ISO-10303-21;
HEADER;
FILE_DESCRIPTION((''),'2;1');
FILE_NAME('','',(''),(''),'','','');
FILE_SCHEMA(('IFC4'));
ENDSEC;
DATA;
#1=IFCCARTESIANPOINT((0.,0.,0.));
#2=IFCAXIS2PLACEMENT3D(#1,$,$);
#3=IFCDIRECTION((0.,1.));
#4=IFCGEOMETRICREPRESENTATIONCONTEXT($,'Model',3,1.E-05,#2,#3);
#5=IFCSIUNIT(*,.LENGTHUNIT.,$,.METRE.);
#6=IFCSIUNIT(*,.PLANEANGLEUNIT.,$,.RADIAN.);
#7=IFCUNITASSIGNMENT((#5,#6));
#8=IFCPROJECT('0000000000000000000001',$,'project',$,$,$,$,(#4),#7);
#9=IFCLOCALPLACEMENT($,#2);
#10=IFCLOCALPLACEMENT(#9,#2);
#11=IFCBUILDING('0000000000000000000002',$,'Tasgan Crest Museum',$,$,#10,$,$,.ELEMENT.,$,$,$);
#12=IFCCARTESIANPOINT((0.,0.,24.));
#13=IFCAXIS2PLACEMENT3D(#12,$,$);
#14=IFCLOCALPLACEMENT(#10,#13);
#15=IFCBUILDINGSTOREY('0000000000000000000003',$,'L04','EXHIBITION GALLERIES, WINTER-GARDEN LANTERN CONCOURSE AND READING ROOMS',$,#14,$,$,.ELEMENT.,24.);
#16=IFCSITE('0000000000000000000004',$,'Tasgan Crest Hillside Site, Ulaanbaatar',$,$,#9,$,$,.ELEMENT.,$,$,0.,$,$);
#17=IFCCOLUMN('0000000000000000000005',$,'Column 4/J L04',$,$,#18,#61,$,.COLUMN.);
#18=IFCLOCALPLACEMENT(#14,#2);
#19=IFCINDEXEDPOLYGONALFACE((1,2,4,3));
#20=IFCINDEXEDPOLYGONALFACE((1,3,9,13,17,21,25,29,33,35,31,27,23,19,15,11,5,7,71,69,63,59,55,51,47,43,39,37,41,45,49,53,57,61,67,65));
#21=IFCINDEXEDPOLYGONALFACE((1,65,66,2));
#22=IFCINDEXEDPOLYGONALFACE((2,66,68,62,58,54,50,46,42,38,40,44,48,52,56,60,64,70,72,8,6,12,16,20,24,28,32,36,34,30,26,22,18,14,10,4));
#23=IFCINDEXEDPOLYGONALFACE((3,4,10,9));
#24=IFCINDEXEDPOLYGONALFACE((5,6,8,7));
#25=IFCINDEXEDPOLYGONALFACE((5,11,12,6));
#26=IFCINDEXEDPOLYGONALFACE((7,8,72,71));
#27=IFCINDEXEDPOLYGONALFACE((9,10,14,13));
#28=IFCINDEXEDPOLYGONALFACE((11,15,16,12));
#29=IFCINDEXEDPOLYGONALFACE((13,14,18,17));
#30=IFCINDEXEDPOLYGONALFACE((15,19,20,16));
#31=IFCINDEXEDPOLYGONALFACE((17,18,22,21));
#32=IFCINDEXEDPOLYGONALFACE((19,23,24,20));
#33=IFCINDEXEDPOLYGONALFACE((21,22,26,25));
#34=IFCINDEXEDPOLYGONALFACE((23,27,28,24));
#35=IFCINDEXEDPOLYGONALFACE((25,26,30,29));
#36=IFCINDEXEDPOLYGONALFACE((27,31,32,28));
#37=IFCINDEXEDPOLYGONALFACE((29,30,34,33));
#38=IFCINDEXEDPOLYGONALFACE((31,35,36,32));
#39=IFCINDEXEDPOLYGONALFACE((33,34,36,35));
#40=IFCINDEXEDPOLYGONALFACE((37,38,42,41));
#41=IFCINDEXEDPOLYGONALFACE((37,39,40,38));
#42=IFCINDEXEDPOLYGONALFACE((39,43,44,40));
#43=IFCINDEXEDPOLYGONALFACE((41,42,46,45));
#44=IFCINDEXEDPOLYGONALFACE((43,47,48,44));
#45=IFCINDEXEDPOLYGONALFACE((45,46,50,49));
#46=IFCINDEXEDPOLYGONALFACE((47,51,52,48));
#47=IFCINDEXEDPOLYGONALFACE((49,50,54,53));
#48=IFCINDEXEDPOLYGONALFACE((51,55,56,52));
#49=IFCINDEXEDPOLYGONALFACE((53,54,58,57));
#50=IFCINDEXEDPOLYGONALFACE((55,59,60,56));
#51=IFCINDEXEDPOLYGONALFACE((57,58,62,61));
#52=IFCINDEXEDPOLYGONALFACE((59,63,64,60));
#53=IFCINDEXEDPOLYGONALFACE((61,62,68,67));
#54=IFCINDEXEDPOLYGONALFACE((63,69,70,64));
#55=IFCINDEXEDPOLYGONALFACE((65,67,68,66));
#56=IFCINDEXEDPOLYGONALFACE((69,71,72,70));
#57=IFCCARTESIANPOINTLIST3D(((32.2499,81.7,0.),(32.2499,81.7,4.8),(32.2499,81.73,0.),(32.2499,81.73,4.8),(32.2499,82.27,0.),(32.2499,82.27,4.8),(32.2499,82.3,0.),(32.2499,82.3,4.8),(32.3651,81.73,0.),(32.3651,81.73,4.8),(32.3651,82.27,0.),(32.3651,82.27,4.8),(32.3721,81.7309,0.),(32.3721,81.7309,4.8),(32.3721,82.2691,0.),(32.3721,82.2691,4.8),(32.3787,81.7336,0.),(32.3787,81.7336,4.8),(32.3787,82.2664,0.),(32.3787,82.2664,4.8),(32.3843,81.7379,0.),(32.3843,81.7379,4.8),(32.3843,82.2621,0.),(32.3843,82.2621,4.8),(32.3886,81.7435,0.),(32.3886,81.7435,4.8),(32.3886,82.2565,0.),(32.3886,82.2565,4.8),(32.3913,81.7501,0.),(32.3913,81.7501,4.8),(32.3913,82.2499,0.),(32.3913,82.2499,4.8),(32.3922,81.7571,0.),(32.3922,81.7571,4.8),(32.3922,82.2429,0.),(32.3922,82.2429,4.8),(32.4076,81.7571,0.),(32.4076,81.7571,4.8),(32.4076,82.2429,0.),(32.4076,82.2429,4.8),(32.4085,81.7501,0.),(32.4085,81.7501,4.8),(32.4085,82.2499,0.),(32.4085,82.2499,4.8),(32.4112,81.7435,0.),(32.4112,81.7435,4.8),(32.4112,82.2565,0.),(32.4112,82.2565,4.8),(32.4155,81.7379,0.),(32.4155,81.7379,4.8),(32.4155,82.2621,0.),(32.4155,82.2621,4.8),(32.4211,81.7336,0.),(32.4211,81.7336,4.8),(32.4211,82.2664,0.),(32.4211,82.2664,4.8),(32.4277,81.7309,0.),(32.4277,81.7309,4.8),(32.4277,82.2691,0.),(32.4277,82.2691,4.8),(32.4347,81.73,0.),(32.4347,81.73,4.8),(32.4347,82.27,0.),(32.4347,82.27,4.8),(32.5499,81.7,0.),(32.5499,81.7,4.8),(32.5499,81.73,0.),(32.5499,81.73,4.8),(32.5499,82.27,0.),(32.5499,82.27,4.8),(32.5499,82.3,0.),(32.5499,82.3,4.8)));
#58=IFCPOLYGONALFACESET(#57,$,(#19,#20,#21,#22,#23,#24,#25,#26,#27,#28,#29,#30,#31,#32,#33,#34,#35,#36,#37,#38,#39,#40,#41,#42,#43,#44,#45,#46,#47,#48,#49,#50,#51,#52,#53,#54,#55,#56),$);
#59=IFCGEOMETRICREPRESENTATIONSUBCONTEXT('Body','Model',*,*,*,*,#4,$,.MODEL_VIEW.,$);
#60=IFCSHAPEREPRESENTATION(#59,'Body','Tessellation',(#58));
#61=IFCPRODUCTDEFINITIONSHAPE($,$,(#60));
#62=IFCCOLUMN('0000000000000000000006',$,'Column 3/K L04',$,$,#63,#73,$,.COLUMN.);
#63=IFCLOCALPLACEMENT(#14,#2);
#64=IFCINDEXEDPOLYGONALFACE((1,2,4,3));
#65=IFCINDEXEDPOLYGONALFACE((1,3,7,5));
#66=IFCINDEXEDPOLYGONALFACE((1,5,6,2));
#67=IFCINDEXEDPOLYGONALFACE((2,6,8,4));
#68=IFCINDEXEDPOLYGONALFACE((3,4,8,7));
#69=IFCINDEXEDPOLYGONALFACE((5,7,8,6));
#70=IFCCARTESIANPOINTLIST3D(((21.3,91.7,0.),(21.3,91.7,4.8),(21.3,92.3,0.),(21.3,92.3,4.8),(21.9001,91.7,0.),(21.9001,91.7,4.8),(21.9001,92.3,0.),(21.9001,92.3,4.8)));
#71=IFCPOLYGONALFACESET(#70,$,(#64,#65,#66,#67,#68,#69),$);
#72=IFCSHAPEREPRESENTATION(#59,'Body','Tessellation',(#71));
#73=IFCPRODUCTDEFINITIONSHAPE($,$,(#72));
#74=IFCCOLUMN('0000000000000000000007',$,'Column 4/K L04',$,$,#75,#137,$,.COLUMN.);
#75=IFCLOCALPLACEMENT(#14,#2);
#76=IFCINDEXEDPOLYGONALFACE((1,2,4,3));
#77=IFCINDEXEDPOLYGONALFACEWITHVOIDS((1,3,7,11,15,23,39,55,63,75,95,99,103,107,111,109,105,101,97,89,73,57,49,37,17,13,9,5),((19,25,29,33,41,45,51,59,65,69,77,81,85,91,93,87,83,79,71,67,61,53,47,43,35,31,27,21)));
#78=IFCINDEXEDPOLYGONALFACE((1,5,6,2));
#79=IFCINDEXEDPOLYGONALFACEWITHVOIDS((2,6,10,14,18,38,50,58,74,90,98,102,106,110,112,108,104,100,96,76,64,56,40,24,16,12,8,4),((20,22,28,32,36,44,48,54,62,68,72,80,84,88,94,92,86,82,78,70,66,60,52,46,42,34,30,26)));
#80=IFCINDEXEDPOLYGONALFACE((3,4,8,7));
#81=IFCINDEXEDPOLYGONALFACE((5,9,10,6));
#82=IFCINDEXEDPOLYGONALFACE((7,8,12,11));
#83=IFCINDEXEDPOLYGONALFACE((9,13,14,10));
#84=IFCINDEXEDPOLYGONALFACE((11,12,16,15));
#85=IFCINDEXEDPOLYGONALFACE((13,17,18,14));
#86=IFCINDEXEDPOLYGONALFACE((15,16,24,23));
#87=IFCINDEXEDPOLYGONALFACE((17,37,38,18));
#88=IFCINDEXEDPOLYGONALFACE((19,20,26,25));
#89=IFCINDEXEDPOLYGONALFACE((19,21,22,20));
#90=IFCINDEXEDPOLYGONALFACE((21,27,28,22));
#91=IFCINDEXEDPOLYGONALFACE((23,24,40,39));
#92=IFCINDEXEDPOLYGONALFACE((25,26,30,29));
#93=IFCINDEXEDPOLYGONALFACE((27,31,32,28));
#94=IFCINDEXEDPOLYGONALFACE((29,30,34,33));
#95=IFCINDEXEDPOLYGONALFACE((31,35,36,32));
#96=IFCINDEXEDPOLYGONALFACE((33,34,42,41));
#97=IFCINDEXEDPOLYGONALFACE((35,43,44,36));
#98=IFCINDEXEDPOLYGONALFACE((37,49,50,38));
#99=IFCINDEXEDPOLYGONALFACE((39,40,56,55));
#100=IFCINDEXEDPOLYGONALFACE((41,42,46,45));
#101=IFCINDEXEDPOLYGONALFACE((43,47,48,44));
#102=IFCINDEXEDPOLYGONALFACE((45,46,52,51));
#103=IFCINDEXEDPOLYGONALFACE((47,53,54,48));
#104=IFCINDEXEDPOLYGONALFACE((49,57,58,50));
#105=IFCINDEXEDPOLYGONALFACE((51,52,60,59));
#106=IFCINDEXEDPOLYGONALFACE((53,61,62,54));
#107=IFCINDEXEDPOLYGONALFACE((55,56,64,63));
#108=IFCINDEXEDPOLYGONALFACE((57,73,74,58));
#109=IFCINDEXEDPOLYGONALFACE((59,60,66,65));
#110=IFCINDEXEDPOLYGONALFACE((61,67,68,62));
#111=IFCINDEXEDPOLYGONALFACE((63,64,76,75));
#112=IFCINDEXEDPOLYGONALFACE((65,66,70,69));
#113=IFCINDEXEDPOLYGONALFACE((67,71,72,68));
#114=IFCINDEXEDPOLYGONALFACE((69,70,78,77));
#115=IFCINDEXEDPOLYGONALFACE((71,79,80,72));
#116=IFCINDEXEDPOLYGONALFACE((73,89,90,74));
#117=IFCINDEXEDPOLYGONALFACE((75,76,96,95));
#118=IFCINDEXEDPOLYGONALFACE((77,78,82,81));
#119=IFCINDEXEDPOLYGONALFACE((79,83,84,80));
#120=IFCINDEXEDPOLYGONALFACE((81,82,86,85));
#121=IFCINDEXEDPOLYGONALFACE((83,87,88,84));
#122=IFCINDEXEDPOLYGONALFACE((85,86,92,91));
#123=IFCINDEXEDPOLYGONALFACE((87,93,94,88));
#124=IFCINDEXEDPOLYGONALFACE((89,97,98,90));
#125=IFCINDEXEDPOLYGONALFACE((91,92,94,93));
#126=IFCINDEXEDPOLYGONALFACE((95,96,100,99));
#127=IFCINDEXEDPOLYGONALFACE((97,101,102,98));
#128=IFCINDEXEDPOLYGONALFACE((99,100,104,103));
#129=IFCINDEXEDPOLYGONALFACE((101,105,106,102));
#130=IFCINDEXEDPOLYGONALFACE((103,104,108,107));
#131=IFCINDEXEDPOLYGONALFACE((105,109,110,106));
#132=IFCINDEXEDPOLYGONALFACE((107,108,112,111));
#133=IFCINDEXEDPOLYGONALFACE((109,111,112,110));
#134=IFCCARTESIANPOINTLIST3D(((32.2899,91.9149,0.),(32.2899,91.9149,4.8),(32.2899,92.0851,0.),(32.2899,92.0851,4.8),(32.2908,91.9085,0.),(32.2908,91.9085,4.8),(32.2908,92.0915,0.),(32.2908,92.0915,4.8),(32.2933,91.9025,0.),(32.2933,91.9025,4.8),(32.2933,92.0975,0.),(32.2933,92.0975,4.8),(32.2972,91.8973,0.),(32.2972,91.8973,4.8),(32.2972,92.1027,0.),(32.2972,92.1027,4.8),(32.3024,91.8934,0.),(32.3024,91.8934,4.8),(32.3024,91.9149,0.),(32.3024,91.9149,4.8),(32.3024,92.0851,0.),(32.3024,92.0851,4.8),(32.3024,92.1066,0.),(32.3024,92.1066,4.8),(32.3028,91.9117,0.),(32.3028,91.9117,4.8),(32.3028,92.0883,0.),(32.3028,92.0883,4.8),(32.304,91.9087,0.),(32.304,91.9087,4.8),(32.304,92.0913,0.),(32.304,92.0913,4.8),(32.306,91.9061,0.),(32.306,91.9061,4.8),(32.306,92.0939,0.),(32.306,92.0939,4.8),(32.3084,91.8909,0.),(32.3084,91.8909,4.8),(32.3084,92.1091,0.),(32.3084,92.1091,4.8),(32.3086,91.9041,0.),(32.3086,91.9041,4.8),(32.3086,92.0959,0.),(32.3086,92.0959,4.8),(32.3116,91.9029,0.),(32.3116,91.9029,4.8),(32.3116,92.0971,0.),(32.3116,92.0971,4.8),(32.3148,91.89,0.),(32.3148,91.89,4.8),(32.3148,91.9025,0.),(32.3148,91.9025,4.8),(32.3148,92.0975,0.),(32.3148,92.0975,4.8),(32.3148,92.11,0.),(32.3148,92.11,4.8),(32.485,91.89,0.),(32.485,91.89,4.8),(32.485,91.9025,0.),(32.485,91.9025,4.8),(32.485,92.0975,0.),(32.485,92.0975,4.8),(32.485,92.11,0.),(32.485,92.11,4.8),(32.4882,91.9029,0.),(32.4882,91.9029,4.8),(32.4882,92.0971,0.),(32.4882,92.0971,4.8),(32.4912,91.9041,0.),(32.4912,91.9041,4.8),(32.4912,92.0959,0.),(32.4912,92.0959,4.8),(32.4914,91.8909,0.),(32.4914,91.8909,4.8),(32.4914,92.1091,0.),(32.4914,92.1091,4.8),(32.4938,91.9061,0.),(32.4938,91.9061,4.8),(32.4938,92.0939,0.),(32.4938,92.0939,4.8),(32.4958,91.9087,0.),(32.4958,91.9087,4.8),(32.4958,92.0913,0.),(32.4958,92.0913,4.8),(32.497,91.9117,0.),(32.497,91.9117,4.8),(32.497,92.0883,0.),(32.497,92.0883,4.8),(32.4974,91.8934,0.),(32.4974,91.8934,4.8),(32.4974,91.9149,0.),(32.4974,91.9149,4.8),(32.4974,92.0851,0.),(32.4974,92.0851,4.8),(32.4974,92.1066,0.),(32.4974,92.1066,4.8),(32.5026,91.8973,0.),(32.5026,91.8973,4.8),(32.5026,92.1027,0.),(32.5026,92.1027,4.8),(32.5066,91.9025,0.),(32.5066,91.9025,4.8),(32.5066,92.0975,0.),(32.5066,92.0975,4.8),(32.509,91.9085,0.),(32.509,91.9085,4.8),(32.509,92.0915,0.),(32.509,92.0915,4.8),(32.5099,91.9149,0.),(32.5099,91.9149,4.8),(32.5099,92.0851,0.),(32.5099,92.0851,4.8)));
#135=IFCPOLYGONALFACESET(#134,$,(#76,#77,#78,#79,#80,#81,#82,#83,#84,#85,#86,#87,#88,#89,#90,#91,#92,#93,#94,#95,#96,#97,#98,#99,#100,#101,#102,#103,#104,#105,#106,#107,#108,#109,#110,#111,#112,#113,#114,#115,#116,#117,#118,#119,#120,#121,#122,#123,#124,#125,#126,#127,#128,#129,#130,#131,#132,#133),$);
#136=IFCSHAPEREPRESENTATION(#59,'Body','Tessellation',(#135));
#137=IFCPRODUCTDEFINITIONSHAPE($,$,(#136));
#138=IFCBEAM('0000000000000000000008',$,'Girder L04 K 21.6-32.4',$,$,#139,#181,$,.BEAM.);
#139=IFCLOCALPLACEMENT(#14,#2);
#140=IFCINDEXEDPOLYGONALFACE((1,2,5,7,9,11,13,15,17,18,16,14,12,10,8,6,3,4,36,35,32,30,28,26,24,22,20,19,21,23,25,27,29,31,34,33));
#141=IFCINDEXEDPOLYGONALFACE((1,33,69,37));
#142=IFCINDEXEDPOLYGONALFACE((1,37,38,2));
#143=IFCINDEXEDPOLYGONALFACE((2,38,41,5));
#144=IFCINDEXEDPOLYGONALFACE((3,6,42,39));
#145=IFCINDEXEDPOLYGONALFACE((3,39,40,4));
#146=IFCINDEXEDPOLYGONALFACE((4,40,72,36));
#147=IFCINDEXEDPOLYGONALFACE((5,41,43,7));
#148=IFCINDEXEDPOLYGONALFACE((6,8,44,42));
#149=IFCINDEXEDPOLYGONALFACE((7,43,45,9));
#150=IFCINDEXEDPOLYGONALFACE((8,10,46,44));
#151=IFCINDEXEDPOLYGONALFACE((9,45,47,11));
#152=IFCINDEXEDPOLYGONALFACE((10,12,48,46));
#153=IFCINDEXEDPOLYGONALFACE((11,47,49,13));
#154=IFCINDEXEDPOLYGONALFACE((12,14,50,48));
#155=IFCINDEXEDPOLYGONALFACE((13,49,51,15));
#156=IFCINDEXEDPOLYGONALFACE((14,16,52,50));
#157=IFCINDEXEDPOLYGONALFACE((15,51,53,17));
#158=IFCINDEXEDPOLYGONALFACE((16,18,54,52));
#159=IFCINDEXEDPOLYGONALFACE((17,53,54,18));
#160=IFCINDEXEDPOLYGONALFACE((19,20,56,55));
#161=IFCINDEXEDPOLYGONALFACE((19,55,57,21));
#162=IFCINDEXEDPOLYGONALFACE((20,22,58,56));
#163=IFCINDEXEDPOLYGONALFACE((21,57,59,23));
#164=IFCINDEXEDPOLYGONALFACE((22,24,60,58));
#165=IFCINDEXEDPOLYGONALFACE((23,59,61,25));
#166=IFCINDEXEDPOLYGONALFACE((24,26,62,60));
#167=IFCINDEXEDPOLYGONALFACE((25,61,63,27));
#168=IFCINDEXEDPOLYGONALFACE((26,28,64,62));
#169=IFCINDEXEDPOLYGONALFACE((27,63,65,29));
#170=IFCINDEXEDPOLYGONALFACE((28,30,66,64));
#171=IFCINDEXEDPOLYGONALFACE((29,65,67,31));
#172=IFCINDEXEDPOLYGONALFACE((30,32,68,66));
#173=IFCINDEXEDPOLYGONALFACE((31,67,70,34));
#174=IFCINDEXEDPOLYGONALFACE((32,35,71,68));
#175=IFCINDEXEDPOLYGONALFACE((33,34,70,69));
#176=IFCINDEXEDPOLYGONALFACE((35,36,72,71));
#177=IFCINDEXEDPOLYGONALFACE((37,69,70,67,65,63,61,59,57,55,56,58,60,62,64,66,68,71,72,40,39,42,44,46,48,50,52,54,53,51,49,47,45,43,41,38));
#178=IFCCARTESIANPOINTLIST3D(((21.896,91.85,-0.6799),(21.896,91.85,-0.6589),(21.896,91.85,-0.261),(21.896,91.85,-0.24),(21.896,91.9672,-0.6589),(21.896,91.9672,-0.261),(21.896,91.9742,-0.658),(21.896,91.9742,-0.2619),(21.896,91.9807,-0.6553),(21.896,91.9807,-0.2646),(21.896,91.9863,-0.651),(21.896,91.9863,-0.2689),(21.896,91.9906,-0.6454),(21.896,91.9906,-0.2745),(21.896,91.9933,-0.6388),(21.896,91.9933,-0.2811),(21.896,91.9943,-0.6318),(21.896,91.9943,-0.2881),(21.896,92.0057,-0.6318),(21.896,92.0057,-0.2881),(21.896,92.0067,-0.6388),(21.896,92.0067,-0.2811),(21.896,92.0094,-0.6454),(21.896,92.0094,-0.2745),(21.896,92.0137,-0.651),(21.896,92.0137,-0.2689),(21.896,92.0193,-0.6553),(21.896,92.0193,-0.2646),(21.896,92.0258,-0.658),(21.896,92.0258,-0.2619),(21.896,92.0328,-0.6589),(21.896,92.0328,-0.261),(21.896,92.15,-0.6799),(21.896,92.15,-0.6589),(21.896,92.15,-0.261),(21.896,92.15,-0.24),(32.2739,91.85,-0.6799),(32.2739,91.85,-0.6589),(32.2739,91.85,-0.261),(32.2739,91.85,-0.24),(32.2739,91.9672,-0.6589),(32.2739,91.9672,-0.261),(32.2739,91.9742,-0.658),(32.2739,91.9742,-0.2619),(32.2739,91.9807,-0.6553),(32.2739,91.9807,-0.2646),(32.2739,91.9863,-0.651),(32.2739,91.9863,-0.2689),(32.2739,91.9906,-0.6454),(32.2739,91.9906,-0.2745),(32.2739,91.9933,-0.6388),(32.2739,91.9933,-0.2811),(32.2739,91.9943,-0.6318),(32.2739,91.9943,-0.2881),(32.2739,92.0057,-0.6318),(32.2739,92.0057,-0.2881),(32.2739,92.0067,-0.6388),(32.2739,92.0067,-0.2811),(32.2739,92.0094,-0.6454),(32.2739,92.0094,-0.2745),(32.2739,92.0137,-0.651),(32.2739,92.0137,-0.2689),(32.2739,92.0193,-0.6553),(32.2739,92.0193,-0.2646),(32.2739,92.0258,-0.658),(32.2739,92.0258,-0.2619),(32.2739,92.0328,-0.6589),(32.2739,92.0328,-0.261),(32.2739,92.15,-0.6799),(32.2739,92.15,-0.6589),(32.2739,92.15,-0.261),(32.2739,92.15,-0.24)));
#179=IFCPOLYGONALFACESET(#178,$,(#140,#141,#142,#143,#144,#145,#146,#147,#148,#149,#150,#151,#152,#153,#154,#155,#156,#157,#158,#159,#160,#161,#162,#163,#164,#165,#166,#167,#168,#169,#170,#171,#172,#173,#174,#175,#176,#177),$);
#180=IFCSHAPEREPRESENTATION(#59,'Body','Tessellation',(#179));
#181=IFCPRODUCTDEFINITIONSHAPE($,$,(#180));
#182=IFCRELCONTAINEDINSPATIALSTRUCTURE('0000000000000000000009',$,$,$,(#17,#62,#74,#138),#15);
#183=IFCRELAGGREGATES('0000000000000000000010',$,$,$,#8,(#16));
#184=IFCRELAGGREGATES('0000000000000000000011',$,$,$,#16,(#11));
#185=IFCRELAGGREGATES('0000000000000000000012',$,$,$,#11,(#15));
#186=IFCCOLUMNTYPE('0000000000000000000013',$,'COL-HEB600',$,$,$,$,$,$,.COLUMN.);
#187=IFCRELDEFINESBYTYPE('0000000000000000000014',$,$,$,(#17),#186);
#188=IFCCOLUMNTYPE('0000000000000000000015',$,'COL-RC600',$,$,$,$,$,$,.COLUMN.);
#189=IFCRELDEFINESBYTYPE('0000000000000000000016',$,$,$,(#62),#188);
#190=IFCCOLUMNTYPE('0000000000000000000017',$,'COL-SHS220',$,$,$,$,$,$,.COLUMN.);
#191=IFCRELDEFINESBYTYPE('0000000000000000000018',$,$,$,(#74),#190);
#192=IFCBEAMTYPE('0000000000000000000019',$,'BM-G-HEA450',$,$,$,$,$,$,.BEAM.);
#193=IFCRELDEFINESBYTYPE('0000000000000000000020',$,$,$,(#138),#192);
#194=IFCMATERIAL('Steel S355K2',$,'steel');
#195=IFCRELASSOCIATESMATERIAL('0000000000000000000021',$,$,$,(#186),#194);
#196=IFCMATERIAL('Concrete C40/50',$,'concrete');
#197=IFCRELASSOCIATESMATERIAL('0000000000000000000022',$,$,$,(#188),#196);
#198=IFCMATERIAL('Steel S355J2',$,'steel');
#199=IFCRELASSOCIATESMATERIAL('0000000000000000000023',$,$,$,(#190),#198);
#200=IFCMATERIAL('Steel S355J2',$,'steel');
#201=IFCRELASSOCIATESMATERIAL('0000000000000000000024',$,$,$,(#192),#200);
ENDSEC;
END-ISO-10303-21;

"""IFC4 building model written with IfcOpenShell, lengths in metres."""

from ifc_helpers import new_model, si_unit, direction, frame, origin, origin_2d, place, context, subcontext, project, spatial, rectangle, hollow_rectangle, i_section, extrude, material, material_profile, profile_set, type_object, element, save


model = new_model("IFC4")

# Units and contexts
model_context = context("Model", 3, precision=1e-05, world=origin(), true_north=direction((0.0, 1.0)))
body_context = subcontext(model_context, "Body", "Model", "MODEL_VIEW")
ifc_project = project(units=[si_unit("LENGTHUNIT", "METRE"), si_unit("PLANEANGLEUNIT", "RADIAN")], contexts=[model_context])

# Site, building, storey
site_placement = place(None, origin())
site = spatial("IfcSite", under=ifc_project, at=site_placement, Name="Tasgan Crest Hillside Site, Ulaanbaatar", CompositionType="ELEMENT", RefElevation=0.0)
building_placement = place(site_placement, origin())
building = spatial("IfcBuilding", under=site, at=building_placement, Name="Tasgan Crest Museum", CompositionType="ELEMENT")
storey_placement = place(building_placement, frame((0.0, 0.0, 24.0)))
storey = spatial("IfcBuildingStorey", under=building, at=storey_placement, Name="L04", Description="EXHIBITION GALLERIES, WINTER-GARDEN LANTERN CONCOURSE AND READING ROOMS", CompositionType="ELEMENT", Elevation=24.0)

# Columns
ifc_material_1 = material(Name="Steel S355K2", Category="steel")
ifc_material_profile_1 = material_profile(ifc_material_1, i_section(OverallWidth=0.3, OverallDepth=0.6001, WebThickness=0.0154, FlangeThickness=0.03, FilletRadius=0.0271, at=origin_2d()), Name="HEB 600")
ifc_profile_set_1 = profile_set([ifc_material_profile_1], Name="Steel S355K2")
column_type_1 = type_object("IfcColumnType", Name="COL-HEB600", PredefinedType="COLUMN", material=ifc_profile_set_1)
column_1_placement = place(storey_placement, frame((32.3999, 82.0, 0.0), z_axis=(0.0, 0.0, 1.0), x_axis=(1.0, 0.0, 0.0)))
element("IfcColumn", 1, at=column_1_placement, inside=storey, type_object=column_type_1, Name="Column 4/J L04", PredefinedType="COLUMN", context=body_context, shape_type="SweptSolid", body=[
    extrude(i_section(OverallWidth=0.3, OverallDepth=0.6001, WebThickness=0.0154, FlangeThickness=0.03, FilletRadius=0.0271, at=origin_2d()), origin(), (0.0, 0.0, 1.0), 4.8),
])
ifc_material_2 = material(Name="Concrete C40/50", Category="concrete")
ifc_material_profile_2 = material_profile(ifc_material_2, rectangle(XDim=0.6001, YDim=0.6001, at=origin_2d()), Name="RC 600x600")
ifc_profile_set_2 = profile_set([ifc_material_profile_2], Name="Concrete C40/50")
column_type_2 = type_object("IfcColumnType", Name="COL-RC600", PredefinedType="COLUMN", material=ifc_profile_set_2)
column_2_placement = place(storey_placement, frame((21.6001, 92.0, 0.0), z_axis=(0.0, 0.0, 1.0), x_axis=(1.0, 0.0, 0.0)))
element("IfcColumn", 2, at=column_2_placement, inside=storey, type_object=column_type_2, Name="Column 3/K L04", PredefinedType="COLUMN", context=body_context, shape_type="SweptSolid", body=[
    extrude(rectangle(XDim=0.6001, YDim=0.6001, at=origin_2d()), origin(), (0.0, 0.0, 1.0), 4.8),
])
ifc_material_3 = material(Name="Steel S355J2", Category="steel")
ifc_material_profile_3 = material_profile(ifc_material_3, hollow_rectangle(XDim=0.22, YDim=0.22, WallThickness=0.0125, InnerFilletRadius=0.0125, OuterFilletRadius=0.0249, at=origin_2d()), Name="SHS 220x220x12.5")
ifc_profile_set_3 = profile_set([ifc_material_profile_3], Name="Steel S355J2")
column_type_3 = type_object("IfcColumnType", Name="COL-SHS220", PredefinedType="COLUMN", material=ifc_profile_set_3)
column_3_placement = place(storey_placement, frame((32.3999, 92.0, 0.0), z_axis=(0.0, 0.0, 1.0), x_axis=(1.0, 0.0, 0.0)))
element("IfcColumn", 3, at=column_3_placement, inside=storey, type_object=column_type_3, Name="Column 4/K L04", PredefinedType="COLUMN", context=body_context, shape_type="SweptSolid", body=[
    extrude(hollow_rectangle(XDim=0.22, YDim=0.22, WallThickness=0.0125, InnerFilletRadius=0.0125, OuterFilletRadius=0.0249, at=origin_2d()), origin(), (0.0, 0.0, 1.0), 4.8),
])

# Beam
ifc_material_4 = material(Name="Steel S355J2", Category="steel")
ifc_material_profile_4 = material_profile(ifc_material_4, i_section(OverallWidth=0.3, OverallDepth=0.4399, WebThickness=0.0115, FlangeThickness=0.021, FilletRadius=0.0271, at=origin_2d()), Name="HEA 450")
ifc_profile_set_4 = profile_set([ifc_material_profile_4], Name="Steel S355J2")
beam_type_1 = type_object("IfcBeamType", Name="BM-G-HEA450", PredefinedType="BEAM", material=ifc_profile_set_4)
beam_1_placement = place(storey_placement, frame((21.896, 92.0, -0.46), z_axis=(1.0, 0.0, 0.0), x_axis=(0.0, 1.0, 0.0)))
element("IfcBeam", 4, at=beam_1_placement, inside=storey, type_object=beam_type_1, Name="Girder L04 K 21.6-32.4", PredefinedType="BEAM", context=body_context, shape_type="SweptSolid", body=[
    extrude(i_section(OverallWidth=0.3, OverallDepth=0.4399, WebThickness=0.0115, FlangeThickness=0.021, FilletRadius=0.0271, at=origin_2d()), origin(), (0.0, 0.0, 1.0), 10.3779),
])

save(model, "model.ifc")
